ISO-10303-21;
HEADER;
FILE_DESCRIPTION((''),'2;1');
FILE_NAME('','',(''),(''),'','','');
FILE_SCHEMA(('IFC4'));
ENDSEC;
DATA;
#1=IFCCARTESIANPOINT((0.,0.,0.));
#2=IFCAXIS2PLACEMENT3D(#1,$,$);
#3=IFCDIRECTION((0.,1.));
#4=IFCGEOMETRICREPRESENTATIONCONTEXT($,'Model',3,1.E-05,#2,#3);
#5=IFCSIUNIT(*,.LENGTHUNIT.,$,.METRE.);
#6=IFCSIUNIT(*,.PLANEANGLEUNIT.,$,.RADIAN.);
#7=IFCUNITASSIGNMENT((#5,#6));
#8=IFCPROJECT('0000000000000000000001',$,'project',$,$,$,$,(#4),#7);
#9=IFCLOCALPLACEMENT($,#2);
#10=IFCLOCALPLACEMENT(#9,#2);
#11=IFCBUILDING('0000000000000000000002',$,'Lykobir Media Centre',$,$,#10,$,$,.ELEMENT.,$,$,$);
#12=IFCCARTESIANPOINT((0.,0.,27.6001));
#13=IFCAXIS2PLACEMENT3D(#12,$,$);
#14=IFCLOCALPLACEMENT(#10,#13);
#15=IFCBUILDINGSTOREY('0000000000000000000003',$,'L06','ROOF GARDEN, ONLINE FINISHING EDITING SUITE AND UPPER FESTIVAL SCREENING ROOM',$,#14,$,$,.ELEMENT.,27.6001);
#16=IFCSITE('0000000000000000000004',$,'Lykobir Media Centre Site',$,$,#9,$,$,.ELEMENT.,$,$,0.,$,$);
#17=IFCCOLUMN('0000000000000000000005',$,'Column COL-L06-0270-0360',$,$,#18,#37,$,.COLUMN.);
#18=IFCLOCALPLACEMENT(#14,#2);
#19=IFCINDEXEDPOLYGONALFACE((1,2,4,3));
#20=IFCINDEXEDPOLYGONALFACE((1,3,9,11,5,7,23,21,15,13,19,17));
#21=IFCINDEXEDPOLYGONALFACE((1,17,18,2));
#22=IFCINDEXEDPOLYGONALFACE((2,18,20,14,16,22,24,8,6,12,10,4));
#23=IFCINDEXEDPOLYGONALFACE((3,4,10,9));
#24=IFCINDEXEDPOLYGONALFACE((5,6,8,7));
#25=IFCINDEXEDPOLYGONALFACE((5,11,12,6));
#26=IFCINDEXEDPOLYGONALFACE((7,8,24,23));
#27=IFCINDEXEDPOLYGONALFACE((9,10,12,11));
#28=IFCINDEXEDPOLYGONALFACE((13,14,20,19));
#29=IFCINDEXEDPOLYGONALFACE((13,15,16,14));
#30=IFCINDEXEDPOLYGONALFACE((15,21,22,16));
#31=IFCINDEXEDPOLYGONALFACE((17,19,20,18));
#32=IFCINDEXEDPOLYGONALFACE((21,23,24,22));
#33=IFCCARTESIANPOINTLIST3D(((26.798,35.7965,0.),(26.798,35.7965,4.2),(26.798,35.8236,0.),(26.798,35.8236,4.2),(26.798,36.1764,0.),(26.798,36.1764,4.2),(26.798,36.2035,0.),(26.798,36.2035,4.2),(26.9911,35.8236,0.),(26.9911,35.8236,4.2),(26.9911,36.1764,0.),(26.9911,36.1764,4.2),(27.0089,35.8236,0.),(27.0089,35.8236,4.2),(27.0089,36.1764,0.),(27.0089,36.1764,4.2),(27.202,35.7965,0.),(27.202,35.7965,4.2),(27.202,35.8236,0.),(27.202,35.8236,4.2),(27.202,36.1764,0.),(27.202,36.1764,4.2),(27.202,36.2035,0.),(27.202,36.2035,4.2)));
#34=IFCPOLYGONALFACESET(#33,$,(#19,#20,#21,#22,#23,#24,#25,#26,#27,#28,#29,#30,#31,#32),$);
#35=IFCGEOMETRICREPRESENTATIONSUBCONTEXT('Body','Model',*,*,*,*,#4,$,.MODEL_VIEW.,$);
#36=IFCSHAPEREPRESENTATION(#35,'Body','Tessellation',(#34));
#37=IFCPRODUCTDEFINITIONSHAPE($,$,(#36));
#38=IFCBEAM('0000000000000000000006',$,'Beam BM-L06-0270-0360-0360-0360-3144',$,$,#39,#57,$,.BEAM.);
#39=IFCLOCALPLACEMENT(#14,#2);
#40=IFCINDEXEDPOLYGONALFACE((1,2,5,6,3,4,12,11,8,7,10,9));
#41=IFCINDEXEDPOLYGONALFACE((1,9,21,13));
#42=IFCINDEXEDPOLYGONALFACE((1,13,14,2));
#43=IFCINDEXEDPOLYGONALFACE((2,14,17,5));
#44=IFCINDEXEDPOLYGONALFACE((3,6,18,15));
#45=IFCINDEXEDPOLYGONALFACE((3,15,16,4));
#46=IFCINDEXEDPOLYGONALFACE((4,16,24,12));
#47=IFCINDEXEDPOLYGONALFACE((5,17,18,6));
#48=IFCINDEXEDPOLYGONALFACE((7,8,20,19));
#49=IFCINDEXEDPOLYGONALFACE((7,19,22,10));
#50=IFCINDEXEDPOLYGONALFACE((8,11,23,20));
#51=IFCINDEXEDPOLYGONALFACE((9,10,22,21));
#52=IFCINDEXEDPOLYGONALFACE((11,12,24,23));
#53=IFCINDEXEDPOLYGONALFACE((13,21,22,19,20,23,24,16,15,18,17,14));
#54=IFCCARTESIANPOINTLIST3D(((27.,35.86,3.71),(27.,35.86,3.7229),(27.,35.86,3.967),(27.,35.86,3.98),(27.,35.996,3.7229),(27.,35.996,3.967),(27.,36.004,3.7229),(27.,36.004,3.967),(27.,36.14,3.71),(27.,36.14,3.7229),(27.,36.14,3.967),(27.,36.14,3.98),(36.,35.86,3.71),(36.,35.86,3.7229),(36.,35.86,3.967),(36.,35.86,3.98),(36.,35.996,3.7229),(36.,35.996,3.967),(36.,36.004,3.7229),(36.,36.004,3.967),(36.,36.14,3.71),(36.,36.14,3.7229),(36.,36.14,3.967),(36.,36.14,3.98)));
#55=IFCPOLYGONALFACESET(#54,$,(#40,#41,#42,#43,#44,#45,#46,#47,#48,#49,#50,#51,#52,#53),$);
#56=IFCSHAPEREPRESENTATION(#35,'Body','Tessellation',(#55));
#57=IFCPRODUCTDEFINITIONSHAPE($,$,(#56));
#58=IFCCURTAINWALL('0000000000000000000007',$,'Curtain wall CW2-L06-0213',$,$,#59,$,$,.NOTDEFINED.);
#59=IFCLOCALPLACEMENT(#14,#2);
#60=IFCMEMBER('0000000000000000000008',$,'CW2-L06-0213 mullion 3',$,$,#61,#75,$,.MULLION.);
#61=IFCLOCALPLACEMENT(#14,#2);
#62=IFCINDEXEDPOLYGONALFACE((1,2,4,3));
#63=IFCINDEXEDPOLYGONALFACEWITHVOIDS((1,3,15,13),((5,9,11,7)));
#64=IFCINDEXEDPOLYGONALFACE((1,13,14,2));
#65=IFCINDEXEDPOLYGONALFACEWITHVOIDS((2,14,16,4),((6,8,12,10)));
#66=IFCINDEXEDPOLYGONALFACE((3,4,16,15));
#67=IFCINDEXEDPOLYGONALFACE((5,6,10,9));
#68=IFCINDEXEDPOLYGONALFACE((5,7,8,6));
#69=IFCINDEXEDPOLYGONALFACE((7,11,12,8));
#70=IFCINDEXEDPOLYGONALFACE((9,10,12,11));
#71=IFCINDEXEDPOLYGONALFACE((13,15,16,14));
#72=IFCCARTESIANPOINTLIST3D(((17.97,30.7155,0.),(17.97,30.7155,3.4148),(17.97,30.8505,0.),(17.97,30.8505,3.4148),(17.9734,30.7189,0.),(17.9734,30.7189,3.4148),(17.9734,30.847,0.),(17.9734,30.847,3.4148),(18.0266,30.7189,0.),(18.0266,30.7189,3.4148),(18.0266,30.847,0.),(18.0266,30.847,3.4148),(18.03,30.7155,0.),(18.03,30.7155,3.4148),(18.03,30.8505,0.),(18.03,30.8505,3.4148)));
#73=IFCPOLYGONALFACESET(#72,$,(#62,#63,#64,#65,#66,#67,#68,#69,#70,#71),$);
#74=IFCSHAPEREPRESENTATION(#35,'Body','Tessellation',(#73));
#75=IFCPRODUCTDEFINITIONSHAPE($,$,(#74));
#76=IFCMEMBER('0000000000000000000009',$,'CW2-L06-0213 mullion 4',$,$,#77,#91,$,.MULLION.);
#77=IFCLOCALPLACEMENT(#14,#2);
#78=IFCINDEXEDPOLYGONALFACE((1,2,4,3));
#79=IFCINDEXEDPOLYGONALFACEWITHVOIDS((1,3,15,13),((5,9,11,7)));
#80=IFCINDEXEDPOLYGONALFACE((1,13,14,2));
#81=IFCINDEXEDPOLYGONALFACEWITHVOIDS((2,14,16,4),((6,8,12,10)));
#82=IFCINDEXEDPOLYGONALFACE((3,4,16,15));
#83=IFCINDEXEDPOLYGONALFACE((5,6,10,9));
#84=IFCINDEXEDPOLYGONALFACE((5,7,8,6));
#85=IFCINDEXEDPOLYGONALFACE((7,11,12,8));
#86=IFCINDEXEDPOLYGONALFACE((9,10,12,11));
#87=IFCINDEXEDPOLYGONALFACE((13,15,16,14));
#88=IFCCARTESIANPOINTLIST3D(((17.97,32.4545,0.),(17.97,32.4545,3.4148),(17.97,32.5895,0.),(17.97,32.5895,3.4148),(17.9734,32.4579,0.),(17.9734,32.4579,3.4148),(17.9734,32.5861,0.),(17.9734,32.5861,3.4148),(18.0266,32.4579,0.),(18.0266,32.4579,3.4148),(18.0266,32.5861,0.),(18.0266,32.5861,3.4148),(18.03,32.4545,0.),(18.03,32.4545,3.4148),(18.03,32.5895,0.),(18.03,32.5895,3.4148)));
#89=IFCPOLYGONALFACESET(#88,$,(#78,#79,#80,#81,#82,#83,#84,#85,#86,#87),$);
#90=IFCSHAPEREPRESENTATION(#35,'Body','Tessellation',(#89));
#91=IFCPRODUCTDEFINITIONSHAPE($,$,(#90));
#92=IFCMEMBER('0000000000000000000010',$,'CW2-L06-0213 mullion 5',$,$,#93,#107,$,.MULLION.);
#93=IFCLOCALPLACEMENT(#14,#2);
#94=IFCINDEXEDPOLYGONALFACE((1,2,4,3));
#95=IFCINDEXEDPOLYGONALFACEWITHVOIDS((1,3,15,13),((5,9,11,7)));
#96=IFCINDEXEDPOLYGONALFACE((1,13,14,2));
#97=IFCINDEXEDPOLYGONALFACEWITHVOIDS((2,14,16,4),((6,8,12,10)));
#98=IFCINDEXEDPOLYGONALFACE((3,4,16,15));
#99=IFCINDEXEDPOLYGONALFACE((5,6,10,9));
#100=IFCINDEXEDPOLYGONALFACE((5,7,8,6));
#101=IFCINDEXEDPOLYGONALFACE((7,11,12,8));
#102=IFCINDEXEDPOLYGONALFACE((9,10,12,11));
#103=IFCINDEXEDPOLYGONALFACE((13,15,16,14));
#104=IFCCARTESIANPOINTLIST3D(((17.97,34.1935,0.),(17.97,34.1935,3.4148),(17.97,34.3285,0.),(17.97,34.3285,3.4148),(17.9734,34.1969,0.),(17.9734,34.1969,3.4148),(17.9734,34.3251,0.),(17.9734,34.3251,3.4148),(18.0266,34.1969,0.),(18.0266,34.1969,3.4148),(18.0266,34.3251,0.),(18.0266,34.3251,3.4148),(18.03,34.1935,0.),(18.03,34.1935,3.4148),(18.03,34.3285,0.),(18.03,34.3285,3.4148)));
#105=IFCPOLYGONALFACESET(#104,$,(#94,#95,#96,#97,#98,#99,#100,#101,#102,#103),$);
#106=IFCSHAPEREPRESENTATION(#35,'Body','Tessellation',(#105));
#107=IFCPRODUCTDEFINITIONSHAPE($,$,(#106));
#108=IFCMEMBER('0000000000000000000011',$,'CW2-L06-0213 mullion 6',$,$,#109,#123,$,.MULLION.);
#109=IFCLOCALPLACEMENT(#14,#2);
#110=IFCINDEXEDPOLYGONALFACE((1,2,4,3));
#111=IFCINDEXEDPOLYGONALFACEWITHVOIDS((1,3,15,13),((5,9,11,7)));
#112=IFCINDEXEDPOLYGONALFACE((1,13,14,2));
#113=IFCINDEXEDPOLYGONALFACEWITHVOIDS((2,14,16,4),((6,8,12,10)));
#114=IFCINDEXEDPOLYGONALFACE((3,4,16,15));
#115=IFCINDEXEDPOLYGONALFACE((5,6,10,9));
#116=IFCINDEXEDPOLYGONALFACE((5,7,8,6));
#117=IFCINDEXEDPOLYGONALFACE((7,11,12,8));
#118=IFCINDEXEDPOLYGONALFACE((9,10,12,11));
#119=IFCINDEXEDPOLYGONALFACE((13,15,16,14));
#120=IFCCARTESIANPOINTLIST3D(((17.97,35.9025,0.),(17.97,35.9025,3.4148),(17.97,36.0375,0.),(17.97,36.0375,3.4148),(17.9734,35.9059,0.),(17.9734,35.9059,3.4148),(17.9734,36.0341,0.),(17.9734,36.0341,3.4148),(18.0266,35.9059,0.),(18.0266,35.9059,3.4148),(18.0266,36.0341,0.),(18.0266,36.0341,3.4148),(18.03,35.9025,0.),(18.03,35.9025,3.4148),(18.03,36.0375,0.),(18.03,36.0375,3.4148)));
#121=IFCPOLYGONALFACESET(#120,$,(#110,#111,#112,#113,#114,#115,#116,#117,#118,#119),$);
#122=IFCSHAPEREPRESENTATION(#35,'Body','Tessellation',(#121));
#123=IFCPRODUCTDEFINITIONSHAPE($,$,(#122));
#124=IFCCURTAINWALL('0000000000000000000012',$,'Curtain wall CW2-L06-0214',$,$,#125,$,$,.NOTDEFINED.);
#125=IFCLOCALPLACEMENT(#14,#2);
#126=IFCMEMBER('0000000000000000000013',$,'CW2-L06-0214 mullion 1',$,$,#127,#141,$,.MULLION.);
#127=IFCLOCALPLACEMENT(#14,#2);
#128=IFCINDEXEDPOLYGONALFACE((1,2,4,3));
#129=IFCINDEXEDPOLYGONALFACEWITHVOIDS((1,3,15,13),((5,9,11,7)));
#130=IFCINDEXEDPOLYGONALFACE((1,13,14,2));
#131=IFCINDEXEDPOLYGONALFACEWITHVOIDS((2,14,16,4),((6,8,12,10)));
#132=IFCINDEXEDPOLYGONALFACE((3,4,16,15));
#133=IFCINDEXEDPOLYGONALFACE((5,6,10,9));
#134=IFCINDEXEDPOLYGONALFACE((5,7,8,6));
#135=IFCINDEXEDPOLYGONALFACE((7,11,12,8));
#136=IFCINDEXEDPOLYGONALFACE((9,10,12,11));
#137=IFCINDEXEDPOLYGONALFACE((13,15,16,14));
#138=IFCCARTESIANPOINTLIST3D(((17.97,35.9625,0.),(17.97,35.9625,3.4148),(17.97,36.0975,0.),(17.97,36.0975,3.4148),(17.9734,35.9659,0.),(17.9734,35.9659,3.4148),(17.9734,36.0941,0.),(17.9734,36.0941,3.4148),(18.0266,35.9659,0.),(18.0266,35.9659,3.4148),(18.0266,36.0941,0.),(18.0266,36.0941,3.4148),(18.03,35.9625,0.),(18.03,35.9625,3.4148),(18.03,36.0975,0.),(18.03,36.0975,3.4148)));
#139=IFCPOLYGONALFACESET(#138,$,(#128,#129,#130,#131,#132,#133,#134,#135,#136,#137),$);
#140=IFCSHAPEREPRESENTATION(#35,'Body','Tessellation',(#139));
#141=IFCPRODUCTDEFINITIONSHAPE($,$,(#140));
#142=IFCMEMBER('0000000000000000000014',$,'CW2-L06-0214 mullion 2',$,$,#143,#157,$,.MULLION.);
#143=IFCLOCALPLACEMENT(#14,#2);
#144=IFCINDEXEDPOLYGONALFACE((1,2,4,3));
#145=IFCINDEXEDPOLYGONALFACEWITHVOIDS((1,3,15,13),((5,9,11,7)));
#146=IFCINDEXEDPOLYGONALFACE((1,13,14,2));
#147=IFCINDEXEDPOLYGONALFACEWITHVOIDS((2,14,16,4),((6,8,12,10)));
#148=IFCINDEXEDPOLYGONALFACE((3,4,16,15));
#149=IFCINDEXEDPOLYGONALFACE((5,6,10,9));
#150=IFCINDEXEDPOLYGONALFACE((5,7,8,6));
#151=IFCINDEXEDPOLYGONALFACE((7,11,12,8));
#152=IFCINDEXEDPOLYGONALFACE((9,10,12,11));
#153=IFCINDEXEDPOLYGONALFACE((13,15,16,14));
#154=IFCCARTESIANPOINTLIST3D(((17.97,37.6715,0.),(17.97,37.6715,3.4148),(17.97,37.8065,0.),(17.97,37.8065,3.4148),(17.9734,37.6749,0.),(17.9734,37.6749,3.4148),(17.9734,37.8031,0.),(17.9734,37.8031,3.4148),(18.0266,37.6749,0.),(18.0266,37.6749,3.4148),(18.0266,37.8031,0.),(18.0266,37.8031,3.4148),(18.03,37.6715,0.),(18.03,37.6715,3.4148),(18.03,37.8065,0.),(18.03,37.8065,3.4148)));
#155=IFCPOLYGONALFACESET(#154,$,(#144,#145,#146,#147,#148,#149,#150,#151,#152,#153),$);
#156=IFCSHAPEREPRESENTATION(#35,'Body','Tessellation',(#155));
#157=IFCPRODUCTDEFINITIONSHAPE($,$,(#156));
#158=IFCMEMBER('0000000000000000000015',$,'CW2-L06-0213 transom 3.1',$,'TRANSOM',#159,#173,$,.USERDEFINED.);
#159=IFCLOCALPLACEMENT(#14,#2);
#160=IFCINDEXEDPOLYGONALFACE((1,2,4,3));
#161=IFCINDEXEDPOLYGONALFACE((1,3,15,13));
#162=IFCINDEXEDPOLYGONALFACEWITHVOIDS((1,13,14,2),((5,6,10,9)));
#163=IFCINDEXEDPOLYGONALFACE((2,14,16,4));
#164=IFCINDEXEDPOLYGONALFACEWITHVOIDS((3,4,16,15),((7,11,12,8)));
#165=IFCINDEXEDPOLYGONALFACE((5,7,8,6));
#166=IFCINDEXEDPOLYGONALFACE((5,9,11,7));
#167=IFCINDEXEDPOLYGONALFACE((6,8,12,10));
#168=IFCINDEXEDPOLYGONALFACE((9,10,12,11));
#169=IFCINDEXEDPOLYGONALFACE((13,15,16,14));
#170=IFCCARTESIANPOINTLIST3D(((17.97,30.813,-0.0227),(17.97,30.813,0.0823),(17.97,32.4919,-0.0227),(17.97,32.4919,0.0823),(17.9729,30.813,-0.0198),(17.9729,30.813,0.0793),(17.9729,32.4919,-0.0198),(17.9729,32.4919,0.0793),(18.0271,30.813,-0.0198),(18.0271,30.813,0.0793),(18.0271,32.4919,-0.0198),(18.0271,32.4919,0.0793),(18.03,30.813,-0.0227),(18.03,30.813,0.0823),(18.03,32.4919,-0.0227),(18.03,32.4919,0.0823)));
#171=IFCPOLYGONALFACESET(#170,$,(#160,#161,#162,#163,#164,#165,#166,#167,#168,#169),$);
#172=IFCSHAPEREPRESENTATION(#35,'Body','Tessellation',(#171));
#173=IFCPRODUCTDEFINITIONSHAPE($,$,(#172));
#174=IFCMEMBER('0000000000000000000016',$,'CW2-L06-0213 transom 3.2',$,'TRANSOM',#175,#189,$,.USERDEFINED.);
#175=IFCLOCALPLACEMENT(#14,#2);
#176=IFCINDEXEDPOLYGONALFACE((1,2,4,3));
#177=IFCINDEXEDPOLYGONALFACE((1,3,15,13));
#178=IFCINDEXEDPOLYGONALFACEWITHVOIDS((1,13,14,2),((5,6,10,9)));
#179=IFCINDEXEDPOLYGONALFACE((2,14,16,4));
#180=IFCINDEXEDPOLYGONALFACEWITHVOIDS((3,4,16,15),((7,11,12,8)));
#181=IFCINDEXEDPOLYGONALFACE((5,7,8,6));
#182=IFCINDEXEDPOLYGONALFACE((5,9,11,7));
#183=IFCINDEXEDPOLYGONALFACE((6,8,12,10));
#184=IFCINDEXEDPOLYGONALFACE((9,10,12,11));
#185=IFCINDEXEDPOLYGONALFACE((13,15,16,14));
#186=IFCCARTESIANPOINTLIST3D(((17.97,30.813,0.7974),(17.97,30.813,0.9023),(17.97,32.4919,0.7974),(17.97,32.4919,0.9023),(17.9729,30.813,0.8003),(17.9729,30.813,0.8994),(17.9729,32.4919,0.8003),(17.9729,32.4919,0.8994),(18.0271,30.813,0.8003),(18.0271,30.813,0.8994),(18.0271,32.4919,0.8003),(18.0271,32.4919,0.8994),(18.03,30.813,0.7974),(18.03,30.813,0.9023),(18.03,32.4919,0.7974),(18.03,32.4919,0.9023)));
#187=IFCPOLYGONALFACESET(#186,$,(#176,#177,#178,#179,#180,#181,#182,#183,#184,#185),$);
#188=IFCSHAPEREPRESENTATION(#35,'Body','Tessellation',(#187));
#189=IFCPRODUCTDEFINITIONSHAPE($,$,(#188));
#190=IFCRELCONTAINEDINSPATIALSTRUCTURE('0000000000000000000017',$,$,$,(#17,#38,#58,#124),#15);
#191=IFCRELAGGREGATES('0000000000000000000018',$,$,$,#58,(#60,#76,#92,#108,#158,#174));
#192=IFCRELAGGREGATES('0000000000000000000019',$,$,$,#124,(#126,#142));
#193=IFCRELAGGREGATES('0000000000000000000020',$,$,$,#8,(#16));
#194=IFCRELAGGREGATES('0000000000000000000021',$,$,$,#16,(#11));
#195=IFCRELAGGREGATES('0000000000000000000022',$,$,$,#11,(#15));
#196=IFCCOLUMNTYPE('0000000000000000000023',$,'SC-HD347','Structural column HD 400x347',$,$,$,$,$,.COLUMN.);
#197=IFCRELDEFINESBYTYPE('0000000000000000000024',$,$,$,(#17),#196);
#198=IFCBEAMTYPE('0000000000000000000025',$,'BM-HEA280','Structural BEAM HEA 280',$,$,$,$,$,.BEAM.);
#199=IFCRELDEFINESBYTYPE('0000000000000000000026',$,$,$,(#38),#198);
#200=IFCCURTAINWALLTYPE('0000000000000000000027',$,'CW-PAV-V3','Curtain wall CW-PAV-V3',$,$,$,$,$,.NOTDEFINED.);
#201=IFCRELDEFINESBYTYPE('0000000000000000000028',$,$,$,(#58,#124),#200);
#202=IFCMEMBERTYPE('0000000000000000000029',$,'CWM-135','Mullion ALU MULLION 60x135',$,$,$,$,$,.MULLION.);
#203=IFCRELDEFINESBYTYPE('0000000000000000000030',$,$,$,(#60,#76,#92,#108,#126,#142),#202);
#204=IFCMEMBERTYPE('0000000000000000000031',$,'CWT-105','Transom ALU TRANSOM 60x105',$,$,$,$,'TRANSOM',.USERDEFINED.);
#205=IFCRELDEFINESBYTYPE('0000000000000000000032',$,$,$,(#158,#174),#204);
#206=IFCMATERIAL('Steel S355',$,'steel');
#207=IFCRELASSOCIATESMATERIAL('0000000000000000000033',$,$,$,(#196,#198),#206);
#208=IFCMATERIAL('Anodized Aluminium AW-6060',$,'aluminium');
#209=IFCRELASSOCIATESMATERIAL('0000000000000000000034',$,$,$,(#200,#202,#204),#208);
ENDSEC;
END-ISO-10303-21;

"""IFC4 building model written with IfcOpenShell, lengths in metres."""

from ifc_helpers import new_model, si_unit, direction, frame, origin, origin_2d, place, context, subcontext, project, spatial, hollow_rectangle, i_section, extrude, material, material_profile, profile_set, type_object, element, aggregate, save


model = new_model("IFC4")

# Units and contexts
model_context = context("Model", 3, precision=1e-05, world=origin(), true_north=direction((0.0, 1.0)))
body_context = subcontext(model_context, "Body", "Model", "MODEL_VIEW")
ifc_project = project(units=[si_unit("LENGTHUNIT", "METRE"), si_unit("PLANEANGLEUNIT", "RADIAN")], contexts=[model_context])

# Site, building, storey
site_placement = place(None, origin())
site = spatial("IfcSite", under=ifc_project, at=site_placement, Name="Lykobir Media Centre Site", CompositionType="ELEMENT", RefElevation=0.0)
building_placement = place(site_placement, origin())
building = spatial("IfcBuilding", under=site, at=building_placement, Name="Lykobir Media Centre", CompositionType="ELEMENT")
storey_placement = place(building_placement, frame((0.0, 0.0, 27.6001)))
storey = spatial("IfcBuildingStorey", under=building, at=storey_placement, Name="L06", Description="ROOF GARDEN, ONLINE FINISHING EDITING SUITE AND UPPER FESTIVAL SCREENING ROOM", CompositionType="ELEMENT", Elevation=27.6001)

# Column
ifc_material_1 = material(Name="Steel S355", Category="steel")
ifc_material_profile_1 = material_profile(ifc_material_1, i_section(OverallWidth=0.4041, OverallDepth=0.407, WebThickness=0.0178, FlangeThickness=0.0271, at=origin_2d()), Name="HD 400x347")
ifc_profile_set_1 = profile_set([ifc_material_profile_1], Name="Steel S355")
column_type = type_object("IfcColumnType", Name="SC-HD347", Description="Structural column HD 400x347", PredefinedType="COLUMN", material=ifc_profile_set_1)
column_placement = place(storey_placement, frame((27.0, 36.0, 0.0), z_axis=(0.0, 0.0, 1.0), x_axis=(1.0, 0.0, 0.0)))
element("IfcColumn", 1, at=column_placement, inside=storey, type_object=column_type, Name="Column COL-L06-0270-0360", PredefinedType="COLUMN", context=body_context, shape_type="SweptSolid", body=[
    extrude(i_section(OverallWidth=0.4041, OverallDepth=0.407, WebThickness=0.0178, FlangeThickness=0.0271, at=origin_2d()), origin(), (0.0, 0.0, 1.0), 4.2),
])

# Beam
ifc_material_profile_2 = material_profile(ifc_material_1, i_section(OverallWidth=0.28, OverallDepth=0.27, WebThickness=0.0081, FlangeThickness=0.0129, at=origin_2d()), Name="HEA 280")
ifc_profile_set_2 = profile_set([ifc_material_profile_2], Name="Steel S355")
beam_type_1 = type_object("IfcBeamType", Name="BM-HEA280", Description="Structural BEAM HEA 280", PredefinedType="BEAM", material=ifc_profile_set_2)
beam_1_placement = place(storey_placement, frame((27.0, 36.0, 3.845), z_axis=(1.0, 0.0, 0.0), x_axis=(0.0, 1.0, 0.0)))
element("IfcBeam", 2, at=beam_1_placement, inside=storey, type_object=beam_type_1, Name="Beam BM-L06-0270-0360-0360-0360-3144", PredefinedType="BEAM", context=body_context, shape_type="SweptSolid", body=[
    extrude(i_section(OverallWidth=0.28, OverallDepth=0.27, WebThickness=0.0081, FlangeThickness=0.0129, at=origin_2d()), origin(), (0.0, 0.0, 1.0), 9.0),
])

# Curtain walls, members
ifc_material_2 = material(Name="Anodized Aluminium AW-6060", Category="aluminium")
curtain_wall_type = type_object("IfcCurtainWallType", Name="CW-PAV-V3", Description="Curtain wall CW-PAV-V3", PredefinedType="NOTDEFINED", material=ifc_material_2)
curtain_wall_1_placement = place(storey_placement, origin())
curtain_wall_1 = element("IfcCurtainWall", 3, at=curtain_wall_1_placement, inside=storey, type_object=curtain_wall_type, Name="Curtain wall CW2-L06-0213", PredefinedType="NOTDEFINED")
ifc_material_profile_3 = material_profile(ifc_material_2, hollow_rectangle(XDim=0.0601, YDim=0.135, WallThickness=0.0034, at=origin_2d()), Name="ALU MULLION 60x135")
ifc_profile_set_3 = profile_set([ifc_material_profile_3], Name="Anodized Aluminium AW-6060")
member_type_1 = type_object("IfcMemberType", Name="CWM-135", Description="Mullion ALU MULLION 60x135", PredefinedType="MULLION", material=ifc_profile_set_3)
member_1_placement = place(storey_placement, frame((18.0, 30.783, 0.0), z_axis=(0.0, 0.0, 1.0), x_axis=(-1.0, 0.0, 0.0)))
member_1 = element("IfcMember", 4, at=member_1_placement, type_object=member_type_1, Name="CW2-L06-0213 mullion 3", PredefinedType="MULLION", context=body_context, shape_type="SweptSolid", body=[
    extrude(hollow_rectangle(XDim=0.0601, YDim=0.135, WallThickness=0.0034, at=origin_2d()), origin(), (0.0, 0.0, 1.0), 3.4148),
])
member_2_placement = place(storey_placement, frame((18.0, 32.522, 0.0), z_axis=(0.0, 0.0, 1.0), x_axis=(-1.0, 0.0, 0.0)))
member_2 = element("IfcMember", 5, at=member_2_placement, type_object=member_type_1, Name="CW2-L06-0213 mullion 4", PredefinedType="MULLION", context=body_context, shape_type="SweptSolid", body=[
    extrude(hollow_rectangle(XDim=0.0601, YDim=0.135, WallThickness=0.0034, at=origin_2d()), origin(), (0.0, 0.0, 1.0), 3.4148),
])
member_3_placement = place(storey_placement, frame((18.0, 34.261, 0.0), z_axis=(0.0, 0.0, 1.0), x_axis=(-1.0, 0.0, 0.0)))
member_3 = element("IfcMember", 6, at=member_3_placement, type_object=member_type_1, Name="CW2-L06-0213 mullion 5", PredefinedType="MULLION", context=body_context, shape_type="SweptSolid", body=[
    extrude(hollow_rectangle(XDim=0.0601, YDim=0.135, WallThickness=0.0034, at=origin_2d()), origin(), (0.0, 0.0, 1.0), 3.4148),
])
member_4_placement = place(storey_placement, frame((18.0, 35.97, 0.0), z_axis=(0.0, 0.0, 1.0), x_axis=(-1.0, 0.0, 0.0)))
member_4 = element("IfcMember", 7, at=member_4_placement, type_object=member_type_1, Name="CW2-L06-0213 mullion 6", PredefinedType="MULLION", context=body_context, shape_type="SweptSolid", body=[
    extrude(hollow_rectangle(XDim=0.0601, YDim=0.135, WallThickness=0.0034, at=origin_2d()), origin(), (0.0, 0.0, 1.0), 3.4148),
])
curtain_wall_2_placement = place(storey_placement, origin())
curtain_wall_2 = element("IfcCurtainWall", 8, at=curtain_wall_2_placement, inside=storey, type_object=curtain_wall_type, Name="Curtain wall CW2-L06-0214", PredefinedType="NOTDEFINED")
member_5_placement = place(storey_placement, frame((18.0, 36.03, 0.0), z_axis=(0.0, 0.0, 1.0), x_axis=(-1.0, 0.0, 0.0)))
member_5 = element("IfcMember", 9, at=member_5_placement, type_object=member_type_1, Name="CW2-L06-0214 mullion 1", PredefinedType="MULLION", context=body_context, shape_type="SweptSolid", body=[
    extrude(hollow_rectangle(XDim=0.0601, YDim=0.135, WallThickness=0.0034, at=origin_2d()), origin(), (0.0, 0.0, 1.0), 3.4148),
])
member_6_placement = place(storey_placement, frame((18.0, 37.739, 0.0), z_axis=(0.0, 0.0, 1.0), x_axis=(-1.0, 0.0, 0.0)))
member_6 = element("IfcMember", 10, at=member_6_placement, type_object=member_type_1, Name="CW2-L06-0214 mullion 2", PredefinedType="MULLION", context=body_context, shape_type="SweptSolid", body=[
    extrude(hollow_rectangle(XDim=0.0601, YDim=0.135, WallThickness=0.0034, at=origin_2d()), origin(), (0.0, 0.0, 1.0), 3.4148),
])

# Members
ifc_material_profile_4 = material_profile(ifc_material_2, hollow_rectangle(XDim=0.0601, YDim=0.105, WallThickness=0.0029, at=origin_2d()), Name="ALU TRANSOM 60x105")
ifc_profile_set_4 = profile_set([ifc_material_profile_4], Name="Anodized Aluminium AW-6060")
member_type_2 = type_object("IfcMemberType", Name="CWT-105", Description="Transom ALU TRANSOM 60x105", ElementType="TRANSOM", PredefinedType="USERDEFINED", material=ifc_profile_set_4)
member_7_placement = place(storey_placement, frame((18.0, 30.813, 0.0298), z_axis=(0.0, 1.0, 0.0), x_axis=(-1.0, 0.0, 0.0)))
member_7 = element("IfcMember", 11, at=member_7_placement, type_object=member_type_2, Name="CW2-L06-0213 transom 3.1", ObjectType="TRANSOM", PredefinedType="USERDEFINED", context=body_context, shape_type="SweptSolid", body=[
    extrude(hollow_rectangle(XDim=0.0601, YDim=0.105, WallThickness=0.0029, at=origin_2d()), origin(), (0.0, 0.0, 1.0), 1.679),
])
member_8_placement = place(storey_placement, frame((18.0, 30.813, 0.8499), z_axis=(0.0, 1.0, 0.0), x_axis=(-1.0, 0.0, 0.0)))
member_8 = element("IfcMember", 12, at=member_8_placement, type_object=member_type_2, Name="CW2-L06-0213 transom 3.2", ObjectType="TRANSOM", PredefinedType="USERDEFINED", context=body_context, shape_type="SweptSolid", body=[
    extrude(hollow_rectangle(XDim=0.0601, YDim=0.105, WallThickness=0.0029, at=origin_2d()), origin(), (0.0, 0.0, 1.0), 1.679),
])

aggregate(curtain_wall_1, [member_1, member_2, member_3, member_4, member_7, member_8])
aggregate(curtain_wall_2, [member_5, member_6])

save(model, "model.ifc")
